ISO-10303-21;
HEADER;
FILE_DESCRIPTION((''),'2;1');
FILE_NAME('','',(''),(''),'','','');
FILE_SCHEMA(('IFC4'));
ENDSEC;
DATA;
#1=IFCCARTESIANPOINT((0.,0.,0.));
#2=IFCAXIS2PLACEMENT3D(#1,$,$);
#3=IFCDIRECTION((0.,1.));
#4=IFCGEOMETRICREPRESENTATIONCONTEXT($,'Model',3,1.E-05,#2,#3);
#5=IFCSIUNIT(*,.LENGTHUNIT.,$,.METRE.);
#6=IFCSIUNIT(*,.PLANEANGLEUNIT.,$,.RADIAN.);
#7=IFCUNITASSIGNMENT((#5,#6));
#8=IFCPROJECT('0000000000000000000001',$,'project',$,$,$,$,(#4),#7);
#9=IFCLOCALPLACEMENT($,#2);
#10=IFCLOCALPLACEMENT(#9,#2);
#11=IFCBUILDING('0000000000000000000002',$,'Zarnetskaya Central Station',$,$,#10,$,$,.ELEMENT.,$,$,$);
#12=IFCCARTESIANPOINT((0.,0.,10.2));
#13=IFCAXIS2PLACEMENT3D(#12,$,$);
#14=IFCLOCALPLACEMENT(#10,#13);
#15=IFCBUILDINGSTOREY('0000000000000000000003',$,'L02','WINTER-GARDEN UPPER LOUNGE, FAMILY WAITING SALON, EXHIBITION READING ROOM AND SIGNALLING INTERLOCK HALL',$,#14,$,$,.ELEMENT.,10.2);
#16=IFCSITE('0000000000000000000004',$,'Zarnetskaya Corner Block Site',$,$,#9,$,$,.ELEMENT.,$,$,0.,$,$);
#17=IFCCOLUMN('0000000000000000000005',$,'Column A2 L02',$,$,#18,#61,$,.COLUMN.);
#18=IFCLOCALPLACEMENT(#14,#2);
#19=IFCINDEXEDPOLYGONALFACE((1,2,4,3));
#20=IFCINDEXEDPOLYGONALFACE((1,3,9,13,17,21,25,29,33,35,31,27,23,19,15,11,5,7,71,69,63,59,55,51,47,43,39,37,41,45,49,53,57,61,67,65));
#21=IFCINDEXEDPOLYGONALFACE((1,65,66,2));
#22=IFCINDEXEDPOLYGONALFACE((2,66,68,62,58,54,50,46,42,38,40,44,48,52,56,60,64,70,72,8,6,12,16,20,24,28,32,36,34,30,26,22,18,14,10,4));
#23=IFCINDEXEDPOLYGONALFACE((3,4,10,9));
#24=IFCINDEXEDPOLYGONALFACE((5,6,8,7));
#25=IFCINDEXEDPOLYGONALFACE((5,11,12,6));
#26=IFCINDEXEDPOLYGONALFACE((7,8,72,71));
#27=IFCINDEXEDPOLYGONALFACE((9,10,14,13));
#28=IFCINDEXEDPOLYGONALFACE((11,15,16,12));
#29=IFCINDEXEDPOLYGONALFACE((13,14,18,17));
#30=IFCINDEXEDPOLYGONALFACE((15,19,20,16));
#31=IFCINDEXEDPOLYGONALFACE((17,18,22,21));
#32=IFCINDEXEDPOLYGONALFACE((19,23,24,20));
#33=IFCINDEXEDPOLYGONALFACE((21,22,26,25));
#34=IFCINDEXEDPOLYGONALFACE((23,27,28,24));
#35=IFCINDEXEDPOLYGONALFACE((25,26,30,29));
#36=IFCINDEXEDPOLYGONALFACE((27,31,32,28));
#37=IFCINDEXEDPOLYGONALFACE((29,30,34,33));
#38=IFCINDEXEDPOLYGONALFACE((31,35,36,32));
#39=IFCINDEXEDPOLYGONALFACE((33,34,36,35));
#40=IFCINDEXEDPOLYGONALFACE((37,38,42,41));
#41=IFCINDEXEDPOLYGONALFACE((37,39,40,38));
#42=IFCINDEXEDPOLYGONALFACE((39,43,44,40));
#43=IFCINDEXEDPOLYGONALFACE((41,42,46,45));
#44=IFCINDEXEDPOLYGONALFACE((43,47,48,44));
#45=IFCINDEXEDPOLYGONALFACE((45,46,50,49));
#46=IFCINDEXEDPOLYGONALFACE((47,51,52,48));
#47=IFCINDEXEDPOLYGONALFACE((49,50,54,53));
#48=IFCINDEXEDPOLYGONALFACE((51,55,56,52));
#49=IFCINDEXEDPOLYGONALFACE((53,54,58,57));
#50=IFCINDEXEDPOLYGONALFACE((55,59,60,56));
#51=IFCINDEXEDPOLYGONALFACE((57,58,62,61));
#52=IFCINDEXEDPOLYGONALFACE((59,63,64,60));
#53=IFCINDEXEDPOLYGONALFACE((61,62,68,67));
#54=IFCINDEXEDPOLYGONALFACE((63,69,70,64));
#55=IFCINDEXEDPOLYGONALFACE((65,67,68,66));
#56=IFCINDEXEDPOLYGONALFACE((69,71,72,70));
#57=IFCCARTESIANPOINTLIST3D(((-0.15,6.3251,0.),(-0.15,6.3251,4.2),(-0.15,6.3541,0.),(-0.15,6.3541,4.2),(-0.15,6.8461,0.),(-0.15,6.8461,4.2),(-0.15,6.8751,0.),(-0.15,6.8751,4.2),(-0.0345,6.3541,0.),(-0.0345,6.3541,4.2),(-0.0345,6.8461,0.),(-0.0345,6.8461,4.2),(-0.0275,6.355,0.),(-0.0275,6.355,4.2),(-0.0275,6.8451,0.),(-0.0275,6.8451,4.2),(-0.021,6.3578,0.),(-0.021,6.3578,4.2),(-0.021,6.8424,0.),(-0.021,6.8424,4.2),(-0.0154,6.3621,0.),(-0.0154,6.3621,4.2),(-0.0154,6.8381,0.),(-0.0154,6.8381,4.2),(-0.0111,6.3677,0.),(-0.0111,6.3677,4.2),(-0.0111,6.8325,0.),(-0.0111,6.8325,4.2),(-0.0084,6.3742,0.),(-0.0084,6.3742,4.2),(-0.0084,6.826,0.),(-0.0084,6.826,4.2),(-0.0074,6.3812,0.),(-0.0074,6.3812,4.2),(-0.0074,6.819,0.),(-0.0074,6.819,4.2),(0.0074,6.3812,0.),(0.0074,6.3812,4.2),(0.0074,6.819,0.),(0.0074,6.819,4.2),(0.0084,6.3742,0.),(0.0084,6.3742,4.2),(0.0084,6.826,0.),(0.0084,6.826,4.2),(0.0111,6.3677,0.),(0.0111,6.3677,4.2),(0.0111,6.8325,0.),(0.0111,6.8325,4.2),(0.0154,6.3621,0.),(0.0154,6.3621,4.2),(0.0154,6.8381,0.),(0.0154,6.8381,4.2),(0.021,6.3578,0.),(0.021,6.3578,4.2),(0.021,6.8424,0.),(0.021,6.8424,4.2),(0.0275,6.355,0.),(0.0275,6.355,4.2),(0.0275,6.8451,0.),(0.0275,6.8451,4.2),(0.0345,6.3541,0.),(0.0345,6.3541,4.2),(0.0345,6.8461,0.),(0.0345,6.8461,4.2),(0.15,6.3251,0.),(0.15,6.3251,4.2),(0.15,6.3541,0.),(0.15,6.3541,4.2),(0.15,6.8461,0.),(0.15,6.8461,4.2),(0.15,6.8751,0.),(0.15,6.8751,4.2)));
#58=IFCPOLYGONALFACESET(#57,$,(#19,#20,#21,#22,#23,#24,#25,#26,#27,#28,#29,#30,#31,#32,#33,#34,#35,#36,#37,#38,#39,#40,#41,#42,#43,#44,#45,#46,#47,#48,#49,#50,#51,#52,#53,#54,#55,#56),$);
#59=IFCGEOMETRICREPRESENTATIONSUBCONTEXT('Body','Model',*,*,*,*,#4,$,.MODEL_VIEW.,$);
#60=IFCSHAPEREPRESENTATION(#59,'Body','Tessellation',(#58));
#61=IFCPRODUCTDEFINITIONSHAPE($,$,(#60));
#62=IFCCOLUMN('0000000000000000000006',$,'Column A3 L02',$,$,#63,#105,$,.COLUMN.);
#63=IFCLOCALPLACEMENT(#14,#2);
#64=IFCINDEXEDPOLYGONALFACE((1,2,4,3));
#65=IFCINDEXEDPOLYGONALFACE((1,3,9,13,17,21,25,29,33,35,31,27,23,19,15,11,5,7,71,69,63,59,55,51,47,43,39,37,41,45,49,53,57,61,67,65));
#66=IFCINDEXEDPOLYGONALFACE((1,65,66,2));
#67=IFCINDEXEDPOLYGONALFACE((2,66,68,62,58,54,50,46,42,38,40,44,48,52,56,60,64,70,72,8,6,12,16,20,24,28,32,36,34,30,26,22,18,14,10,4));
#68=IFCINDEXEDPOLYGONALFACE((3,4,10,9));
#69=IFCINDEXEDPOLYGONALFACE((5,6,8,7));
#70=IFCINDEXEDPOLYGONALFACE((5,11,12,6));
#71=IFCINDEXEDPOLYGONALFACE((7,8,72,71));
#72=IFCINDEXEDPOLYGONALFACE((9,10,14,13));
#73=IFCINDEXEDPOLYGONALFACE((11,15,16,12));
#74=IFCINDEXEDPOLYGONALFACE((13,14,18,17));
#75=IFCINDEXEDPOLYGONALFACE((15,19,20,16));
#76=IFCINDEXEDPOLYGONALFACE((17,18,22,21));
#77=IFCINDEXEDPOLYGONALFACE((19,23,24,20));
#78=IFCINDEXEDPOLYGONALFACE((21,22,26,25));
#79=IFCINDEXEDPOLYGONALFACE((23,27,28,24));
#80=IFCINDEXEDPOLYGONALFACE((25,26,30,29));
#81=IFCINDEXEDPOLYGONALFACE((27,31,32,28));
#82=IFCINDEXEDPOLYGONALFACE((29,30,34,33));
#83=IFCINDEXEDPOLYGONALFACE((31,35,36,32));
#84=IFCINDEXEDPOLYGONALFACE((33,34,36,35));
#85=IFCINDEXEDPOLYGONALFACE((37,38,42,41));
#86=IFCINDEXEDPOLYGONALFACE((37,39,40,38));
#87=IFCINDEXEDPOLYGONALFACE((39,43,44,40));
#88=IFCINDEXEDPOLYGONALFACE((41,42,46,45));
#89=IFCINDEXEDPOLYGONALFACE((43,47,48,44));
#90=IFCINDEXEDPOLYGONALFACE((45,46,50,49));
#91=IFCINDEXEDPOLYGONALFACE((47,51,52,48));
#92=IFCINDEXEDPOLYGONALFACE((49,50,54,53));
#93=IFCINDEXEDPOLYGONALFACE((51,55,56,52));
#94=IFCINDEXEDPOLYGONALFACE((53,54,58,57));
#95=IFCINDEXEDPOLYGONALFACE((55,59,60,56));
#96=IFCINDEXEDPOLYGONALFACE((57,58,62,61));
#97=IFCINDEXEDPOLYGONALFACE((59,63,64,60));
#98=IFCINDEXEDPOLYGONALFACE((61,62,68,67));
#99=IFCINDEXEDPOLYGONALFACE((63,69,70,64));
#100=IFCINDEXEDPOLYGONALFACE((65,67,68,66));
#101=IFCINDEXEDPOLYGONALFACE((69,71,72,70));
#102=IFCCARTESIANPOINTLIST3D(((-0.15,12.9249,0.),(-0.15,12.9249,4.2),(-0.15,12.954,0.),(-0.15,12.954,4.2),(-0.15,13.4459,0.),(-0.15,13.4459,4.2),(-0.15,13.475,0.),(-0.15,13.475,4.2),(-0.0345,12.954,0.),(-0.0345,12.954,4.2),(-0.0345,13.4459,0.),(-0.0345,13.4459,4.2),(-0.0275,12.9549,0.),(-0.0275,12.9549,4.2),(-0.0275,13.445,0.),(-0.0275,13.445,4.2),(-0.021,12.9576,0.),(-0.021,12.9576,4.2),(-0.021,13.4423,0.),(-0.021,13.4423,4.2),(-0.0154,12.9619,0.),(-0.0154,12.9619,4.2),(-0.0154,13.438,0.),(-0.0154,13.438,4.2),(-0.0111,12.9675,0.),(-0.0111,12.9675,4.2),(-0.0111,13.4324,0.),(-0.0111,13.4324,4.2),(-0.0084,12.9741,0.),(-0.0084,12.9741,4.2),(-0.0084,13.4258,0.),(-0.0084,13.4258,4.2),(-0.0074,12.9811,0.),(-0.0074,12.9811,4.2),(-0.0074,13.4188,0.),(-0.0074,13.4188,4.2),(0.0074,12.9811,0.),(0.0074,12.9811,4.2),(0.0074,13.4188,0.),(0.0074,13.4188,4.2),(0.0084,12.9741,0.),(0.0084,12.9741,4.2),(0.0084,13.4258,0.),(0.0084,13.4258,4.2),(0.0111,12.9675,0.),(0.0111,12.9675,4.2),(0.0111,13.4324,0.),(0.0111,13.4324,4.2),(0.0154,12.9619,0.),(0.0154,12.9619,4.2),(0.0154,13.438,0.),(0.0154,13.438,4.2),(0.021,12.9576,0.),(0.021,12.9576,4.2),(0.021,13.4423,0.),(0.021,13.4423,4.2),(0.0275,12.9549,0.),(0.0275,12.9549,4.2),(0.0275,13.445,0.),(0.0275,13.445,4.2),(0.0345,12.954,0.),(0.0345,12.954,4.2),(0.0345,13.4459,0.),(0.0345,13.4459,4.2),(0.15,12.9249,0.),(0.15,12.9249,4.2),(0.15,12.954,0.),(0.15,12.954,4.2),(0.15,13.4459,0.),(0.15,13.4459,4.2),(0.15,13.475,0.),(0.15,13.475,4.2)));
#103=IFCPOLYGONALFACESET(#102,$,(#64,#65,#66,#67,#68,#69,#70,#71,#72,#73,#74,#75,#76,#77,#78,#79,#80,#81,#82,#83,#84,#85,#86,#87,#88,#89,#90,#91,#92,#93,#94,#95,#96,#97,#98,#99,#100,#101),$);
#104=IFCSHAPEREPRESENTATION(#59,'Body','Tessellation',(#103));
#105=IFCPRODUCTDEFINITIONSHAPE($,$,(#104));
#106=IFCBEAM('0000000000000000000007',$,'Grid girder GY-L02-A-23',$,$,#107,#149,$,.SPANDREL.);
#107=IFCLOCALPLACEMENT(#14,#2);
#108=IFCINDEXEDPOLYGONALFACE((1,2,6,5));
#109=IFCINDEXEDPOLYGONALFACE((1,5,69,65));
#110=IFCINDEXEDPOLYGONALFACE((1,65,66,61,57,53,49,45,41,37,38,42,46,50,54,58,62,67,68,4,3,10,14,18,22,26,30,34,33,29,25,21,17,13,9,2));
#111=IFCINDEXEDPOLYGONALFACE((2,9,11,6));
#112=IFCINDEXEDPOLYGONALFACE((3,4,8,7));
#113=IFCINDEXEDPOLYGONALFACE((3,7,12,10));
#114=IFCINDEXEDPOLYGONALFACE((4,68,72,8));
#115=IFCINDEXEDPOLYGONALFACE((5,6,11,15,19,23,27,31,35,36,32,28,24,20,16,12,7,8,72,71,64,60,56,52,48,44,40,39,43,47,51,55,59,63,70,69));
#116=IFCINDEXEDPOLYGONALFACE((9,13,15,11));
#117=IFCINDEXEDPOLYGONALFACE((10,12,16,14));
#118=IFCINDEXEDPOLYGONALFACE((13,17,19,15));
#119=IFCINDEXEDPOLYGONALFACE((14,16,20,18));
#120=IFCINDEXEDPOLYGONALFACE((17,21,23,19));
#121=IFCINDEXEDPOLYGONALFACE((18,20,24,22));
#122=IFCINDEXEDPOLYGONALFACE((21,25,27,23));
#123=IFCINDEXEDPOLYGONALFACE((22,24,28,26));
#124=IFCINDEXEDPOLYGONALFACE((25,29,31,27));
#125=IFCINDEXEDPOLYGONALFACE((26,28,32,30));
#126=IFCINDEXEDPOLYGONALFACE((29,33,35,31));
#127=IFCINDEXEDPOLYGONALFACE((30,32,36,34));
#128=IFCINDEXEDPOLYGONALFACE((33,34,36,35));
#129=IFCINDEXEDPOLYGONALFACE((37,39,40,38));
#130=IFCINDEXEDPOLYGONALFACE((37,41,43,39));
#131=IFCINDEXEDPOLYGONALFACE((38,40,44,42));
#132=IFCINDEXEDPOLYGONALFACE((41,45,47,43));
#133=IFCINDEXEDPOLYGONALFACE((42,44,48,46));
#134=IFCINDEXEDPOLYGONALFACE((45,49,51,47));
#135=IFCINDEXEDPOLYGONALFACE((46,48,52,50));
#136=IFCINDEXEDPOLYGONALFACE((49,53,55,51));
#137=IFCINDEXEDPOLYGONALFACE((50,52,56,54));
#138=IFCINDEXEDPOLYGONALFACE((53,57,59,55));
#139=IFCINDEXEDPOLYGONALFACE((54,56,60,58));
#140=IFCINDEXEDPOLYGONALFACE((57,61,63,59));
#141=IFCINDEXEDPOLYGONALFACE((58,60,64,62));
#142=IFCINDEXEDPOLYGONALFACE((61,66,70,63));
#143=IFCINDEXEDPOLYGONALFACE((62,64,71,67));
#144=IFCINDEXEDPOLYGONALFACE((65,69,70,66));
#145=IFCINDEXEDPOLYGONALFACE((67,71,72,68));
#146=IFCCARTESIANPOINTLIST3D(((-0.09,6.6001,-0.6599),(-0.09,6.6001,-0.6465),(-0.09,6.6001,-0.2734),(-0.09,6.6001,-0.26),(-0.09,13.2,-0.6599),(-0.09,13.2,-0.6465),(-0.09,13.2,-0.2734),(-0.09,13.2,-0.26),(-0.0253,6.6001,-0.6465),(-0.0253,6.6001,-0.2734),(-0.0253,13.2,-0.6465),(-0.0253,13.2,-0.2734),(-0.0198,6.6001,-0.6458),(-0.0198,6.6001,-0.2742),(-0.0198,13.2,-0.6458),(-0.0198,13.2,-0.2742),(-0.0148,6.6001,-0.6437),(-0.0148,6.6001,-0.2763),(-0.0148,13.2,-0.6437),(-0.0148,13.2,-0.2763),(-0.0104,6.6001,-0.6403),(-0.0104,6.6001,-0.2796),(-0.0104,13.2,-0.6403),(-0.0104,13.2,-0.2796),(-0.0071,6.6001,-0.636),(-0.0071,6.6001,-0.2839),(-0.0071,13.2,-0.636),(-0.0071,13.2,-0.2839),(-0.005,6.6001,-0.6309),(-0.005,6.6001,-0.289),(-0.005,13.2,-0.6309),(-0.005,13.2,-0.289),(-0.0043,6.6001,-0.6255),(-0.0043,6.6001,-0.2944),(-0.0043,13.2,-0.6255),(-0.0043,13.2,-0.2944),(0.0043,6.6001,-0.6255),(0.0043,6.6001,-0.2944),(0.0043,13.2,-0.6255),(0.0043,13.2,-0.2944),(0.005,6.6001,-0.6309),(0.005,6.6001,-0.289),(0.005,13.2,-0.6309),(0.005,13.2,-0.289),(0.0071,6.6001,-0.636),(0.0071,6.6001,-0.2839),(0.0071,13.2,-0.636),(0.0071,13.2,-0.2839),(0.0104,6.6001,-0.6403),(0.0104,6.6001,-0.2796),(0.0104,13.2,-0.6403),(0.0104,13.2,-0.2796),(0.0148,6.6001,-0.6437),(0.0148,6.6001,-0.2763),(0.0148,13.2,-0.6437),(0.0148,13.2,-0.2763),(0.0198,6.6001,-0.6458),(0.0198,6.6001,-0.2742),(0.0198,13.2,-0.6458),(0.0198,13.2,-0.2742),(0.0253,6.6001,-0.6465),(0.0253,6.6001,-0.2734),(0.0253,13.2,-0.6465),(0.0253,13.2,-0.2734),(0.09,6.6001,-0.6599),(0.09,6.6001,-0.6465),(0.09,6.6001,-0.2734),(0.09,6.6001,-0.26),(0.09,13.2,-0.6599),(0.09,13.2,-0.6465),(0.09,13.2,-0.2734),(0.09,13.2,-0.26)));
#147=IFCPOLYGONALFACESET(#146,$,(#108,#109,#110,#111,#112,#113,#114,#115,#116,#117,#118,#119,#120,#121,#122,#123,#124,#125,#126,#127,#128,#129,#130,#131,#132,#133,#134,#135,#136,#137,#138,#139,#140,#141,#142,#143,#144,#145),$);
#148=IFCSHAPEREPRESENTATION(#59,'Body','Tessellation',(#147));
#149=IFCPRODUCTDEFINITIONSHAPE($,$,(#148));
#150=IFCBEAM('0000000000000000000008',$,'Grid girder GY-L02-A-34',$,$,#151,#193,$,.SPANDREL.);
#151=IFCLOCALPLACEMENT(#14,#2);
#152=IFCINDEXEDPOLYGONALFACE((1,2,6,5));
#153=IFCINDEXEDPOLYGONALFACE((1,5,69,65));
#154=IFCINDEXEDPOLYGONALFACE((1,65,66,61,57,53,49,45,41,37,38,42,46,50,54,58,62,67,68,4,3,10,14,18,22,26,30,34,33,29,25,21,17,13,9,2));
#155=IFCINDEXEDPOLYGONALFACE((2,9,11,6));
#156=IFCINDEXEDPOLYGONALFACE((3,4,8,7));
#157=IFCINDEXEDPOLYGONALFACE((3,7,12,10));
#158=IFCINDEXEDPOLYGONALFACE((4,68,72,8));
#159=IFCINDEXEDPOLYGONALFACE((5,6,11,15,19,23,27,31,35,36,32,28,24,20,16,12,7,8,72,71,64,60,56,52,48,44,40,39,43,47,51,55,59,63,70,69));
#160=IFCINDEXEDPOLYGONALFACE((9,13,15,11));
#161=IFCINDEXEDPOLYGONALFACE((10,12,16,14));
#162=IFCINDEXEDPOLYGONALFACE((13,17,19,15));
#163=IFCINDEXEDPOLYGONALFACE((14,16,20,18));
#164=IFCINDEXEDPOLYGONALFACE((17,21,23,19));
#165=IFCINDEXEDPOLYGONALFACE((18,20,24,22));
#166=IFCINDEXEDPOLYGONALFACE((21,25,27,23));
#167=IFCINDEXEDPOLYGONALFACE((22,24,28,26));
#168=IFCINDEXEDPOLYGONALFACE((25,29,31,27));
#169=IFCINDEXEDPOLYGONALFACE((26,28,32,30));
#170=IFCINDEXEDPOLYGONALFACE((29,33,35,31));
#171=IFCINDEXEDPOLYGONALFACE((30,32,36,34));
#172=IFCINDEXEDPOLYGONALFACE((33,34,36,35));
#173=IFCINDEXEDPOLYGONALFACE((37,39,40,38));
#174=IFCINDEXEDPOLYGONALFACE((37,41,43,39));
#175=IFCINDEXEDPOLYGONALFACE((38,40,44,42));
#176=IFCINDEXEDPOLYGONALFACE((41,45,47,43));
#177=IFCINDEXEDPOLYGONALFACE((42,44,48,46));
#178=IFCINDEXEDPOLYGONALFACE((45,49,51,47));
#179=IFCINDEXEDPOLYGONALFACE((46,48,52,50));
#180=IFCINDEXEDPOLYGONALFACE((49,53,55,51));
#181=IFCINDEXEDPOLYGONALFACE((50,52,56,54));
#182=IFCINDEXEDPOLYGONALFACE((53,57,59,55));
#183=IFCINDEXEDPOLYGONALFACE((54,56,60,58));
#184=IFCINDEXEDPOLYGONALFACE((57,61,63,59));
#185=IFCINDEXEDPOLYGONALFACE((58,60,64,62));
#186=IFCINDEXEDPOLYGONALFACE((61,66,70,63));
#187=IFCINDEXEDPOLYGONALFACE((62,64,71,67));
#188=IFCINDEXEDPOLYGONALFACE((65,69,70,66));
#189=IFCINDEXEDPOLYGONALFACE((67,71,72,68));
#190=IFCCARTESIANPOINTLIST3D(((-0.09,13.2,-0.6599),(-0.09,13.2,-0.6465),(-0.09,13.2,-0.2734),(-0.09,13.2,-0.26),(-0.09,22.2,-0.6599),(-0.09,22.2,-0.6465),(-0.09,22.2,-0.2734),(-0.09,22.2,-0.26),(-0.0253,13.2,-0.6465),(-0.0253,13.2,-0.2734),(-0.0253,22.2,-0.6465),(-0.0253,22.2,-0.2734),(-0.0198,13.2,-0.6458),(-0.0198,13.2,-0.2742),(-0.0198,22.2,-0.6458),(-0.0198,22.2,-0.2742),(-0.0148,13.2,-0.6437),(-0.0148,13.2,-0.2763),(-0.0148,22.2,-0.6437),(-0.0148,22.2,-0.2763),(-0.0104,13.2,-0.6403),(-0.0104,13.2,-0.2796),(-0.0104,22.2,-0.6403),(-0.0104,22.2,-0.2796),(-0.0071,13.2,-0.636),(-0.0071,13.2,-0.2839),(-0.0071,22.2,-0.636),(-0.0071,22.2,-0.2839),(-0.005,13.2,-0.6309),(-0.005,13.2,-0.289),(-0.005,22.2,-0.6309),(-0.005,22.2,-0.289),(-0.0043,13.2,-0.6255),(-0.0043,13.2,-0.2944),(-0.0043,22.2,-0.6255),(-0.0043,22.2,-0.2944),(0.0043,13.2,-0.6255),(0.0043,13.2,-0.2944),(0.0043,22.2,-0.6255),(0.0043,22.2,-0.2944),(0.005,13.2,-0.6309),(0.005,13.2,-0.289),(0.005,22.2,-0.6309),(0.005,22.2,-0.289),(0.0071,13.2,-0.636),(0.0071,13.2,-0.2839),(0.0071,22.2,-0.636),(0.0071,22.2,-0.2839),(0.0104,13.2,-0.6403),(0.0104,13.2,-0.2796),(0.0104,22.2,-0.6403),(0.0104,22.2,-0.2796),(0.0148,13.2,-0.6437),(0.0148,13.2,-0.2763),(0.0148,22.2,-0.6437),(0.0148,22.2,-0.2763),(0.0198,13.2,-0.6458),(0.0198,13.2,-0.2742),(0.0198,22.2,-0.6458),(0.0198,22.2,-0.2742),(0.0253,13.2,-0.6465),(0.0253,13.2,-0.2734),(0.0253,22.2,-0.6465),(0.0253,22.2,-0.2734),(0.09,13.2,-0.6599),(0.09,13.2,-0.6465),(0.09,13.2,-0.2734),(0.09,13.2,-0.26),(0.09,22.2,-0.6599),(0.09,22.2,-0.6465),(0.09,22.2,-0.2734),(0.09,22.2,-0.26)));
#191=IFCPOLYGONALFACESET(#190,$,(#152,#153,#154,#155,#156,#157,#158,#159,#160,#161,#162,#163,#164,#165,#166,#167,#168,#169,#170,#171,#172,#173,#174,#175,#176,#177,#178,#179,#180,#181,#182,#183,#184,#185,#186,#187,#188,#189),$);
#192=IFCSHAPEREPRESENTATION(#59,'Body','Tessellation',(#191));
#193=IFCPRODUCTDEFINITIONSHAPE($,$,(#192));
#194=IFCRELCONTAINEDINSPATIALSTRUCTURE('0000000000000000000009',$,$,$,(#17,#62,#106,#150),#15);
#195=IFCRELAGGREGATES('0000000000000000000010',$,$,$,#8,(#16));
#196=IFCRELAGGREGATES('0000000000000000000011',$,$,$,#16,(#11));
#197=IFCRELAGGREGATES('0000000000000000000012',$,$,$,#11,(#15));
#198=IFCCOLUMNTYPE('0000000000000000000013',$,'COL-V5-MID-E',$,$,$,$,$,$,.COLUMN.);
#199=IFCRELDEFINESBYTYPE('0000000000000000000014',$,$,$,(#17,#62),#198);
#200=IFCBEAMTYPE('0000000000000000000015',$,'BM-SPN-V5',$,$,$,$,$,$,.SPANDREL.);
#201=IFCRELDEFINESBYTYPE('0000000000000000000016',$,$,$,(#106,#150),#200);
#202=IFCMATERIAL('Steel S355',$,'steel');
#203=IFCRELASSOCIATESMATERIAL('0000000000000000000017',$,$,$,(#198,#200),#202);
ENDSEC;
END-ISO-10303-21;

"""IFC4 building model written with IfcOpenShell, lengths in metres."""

from ifc_helpers import new_model, si_unit, direction, frame, origin, origin_2d, place, context, subcontext, project, spatial, i_section, extrude, material, material_profile, profile_set, type_object, element, save


model = new_model("IFC4")

# Units and contexts
model_context = context("Model", 3, precision=1e-05, world=origin(), true_north=direction((0.0, 1.0)))
body_context = subcontext(model_context, "Body", "Model", "MODEL_VIEW")
ifc_project = project(units=[si_unit("LENGTHUNIT", "METRE"), si_unit("PLANEANGLEUNIT", "RADIAN")], contexts=[model_context])

# Site, building, storey
site_placement = place(None, origin())
site = spatial("IfcSite", under=ifc_project, at=site_placement, Name="Zarnetskaya Corner Block Site", CompositionType="ELEMENT", RefElevation=0.0)
building_placement = place(site_placement, origin())
building = spatial("IfcBuilding", under=site, at=building_placement, Name="Zarnetskaya Central Station", CompositionType="ELEMENT")
storey_placement = place(building_placement, frame((0.0, 0.0, 10.2)))
storey = spatial("IfcBuildingStorey", under=building, at=storey_placement, Name="L02", Description="WINTER-GARDEN UPPER LOUNGE, FAMILY WAITING SALON, EXHIBITION READING ROOM AND SIGNALLING INTERLOCK HALL", CompositionType="ELEMENT", Elevation=10.2)

# Columns
ifc_material_1 = material(Name="Steel S355", Category="steel")
ifc_material_profile_1 = material_profile(ifc_material_1, i_section(OverallWidth=0.3, OverallDepth=0.55, WebThickness=0.0149, FlangeThickness=0.0291, FilletRadius=0.0271, at=origin_2d()), Name="HEB 550")
ifc_profile_set_1 = profile_set([ifc_material_profile_1], Name="Steel S355")
column_type = type_object("IfcColumnType", Name="COL-V5-MID-E", PredefinedType="COLUMN", material=ifc_profile_set_1)
for number, where, z_axis, x_axis, name in (
    (1, (0.0, 6.6001, 0.0), (0.0, 0.0, 1.0), (1.0, 0.0, 0.0), "Column A2 L02"),
    (2, (0.0, 13.2, 0.0), (0.0, 0.0, 1.0), (1.0, 0.0, 0.0), "Column A3 L02"),
):
    element("IfcColumn", number, at=place(storey_placement, frame(where, z_axis=z_axis, x_axis=x_axis)), inside=storey, type_object=column_type, Name=name, PredefinedType="COLUMN", context=body_context, shape_type="SweptSolid", body=[
        extrude(i_section(OverallWidth=0.3, OverallDepth=0.55, WebThickness=0.0149, FlangeThickness=0.0291, FilletRadius=0.0271, at=origin_2d()), origin(), (0.0, 0.0, 1.0), 4.2),
    ])

# Beams
ifc_material_profile_2 = material_profile(ifc_material_1, i_section(OverallWidth=0.1799, OverallDepth=0.3999, WebThickness=0.0085, FlangeThickness=0.0134, FilletRadius=0.021, at=origin_2d()), Name="IPE 400")
ifc_profile_set_2 = profile_set([ifc_material_profile_2], Name="Steel S355")
beam_type_1 = type_object("IfcBeamType", Name="BM-SPN-V5", PredefinedType="SPANDREL", material=ifc_profile_set_2)
beam_1_placement = place(storey_placement, frame((0.0, 6.6001, -0.46), z_axis=(0.0, 1.0, 0.0), x_axis=(-1.0, 0.0, 0.0)))
element("IfcBeam", 3, at=beam_1_placement, inside=storey, type_object=beam_type_1, Name="Grid girder GY-L02-A-23", PredefinedType="SPANDREL", context=body_context, shape_type="SweptSolid", body=[
    extrude(i_section(OverallWidth=0.1799, OverallDepth=0.3999, WebThickness=0.0085, FlangeThickness=0.0134, FilletRadius=0.021, at=origin_2d()), origin(), (0.0, 0.0, 1.0), 6.5999),
])
beam_2_placement = place(storey_placement, frame((0.0, 13.2, -0.46), z_axis=(0.0, 1.0, 0.0), x_axis=(-1.0, 0.0, 0.0)))
element("IfcBeam", 4, at=beam_2_placement, inside=storey, type_object=beam_type_1, Name="Grid girder GY-L02-A-34", PredefinedType="SPANDREL", context=body_context, shape_type="SweptSolid", body=[
    extrude(i_section(OverallWidth=0.1799, OverallDepth=0.3999, WebThickness=0.0085, FlangeThickness=0.0134, FilletRadius=0.021, at=origin_2d()), origin(), (0.0, 0.0, 1.0), 9.0),
])

save(model, "model.ifc")
